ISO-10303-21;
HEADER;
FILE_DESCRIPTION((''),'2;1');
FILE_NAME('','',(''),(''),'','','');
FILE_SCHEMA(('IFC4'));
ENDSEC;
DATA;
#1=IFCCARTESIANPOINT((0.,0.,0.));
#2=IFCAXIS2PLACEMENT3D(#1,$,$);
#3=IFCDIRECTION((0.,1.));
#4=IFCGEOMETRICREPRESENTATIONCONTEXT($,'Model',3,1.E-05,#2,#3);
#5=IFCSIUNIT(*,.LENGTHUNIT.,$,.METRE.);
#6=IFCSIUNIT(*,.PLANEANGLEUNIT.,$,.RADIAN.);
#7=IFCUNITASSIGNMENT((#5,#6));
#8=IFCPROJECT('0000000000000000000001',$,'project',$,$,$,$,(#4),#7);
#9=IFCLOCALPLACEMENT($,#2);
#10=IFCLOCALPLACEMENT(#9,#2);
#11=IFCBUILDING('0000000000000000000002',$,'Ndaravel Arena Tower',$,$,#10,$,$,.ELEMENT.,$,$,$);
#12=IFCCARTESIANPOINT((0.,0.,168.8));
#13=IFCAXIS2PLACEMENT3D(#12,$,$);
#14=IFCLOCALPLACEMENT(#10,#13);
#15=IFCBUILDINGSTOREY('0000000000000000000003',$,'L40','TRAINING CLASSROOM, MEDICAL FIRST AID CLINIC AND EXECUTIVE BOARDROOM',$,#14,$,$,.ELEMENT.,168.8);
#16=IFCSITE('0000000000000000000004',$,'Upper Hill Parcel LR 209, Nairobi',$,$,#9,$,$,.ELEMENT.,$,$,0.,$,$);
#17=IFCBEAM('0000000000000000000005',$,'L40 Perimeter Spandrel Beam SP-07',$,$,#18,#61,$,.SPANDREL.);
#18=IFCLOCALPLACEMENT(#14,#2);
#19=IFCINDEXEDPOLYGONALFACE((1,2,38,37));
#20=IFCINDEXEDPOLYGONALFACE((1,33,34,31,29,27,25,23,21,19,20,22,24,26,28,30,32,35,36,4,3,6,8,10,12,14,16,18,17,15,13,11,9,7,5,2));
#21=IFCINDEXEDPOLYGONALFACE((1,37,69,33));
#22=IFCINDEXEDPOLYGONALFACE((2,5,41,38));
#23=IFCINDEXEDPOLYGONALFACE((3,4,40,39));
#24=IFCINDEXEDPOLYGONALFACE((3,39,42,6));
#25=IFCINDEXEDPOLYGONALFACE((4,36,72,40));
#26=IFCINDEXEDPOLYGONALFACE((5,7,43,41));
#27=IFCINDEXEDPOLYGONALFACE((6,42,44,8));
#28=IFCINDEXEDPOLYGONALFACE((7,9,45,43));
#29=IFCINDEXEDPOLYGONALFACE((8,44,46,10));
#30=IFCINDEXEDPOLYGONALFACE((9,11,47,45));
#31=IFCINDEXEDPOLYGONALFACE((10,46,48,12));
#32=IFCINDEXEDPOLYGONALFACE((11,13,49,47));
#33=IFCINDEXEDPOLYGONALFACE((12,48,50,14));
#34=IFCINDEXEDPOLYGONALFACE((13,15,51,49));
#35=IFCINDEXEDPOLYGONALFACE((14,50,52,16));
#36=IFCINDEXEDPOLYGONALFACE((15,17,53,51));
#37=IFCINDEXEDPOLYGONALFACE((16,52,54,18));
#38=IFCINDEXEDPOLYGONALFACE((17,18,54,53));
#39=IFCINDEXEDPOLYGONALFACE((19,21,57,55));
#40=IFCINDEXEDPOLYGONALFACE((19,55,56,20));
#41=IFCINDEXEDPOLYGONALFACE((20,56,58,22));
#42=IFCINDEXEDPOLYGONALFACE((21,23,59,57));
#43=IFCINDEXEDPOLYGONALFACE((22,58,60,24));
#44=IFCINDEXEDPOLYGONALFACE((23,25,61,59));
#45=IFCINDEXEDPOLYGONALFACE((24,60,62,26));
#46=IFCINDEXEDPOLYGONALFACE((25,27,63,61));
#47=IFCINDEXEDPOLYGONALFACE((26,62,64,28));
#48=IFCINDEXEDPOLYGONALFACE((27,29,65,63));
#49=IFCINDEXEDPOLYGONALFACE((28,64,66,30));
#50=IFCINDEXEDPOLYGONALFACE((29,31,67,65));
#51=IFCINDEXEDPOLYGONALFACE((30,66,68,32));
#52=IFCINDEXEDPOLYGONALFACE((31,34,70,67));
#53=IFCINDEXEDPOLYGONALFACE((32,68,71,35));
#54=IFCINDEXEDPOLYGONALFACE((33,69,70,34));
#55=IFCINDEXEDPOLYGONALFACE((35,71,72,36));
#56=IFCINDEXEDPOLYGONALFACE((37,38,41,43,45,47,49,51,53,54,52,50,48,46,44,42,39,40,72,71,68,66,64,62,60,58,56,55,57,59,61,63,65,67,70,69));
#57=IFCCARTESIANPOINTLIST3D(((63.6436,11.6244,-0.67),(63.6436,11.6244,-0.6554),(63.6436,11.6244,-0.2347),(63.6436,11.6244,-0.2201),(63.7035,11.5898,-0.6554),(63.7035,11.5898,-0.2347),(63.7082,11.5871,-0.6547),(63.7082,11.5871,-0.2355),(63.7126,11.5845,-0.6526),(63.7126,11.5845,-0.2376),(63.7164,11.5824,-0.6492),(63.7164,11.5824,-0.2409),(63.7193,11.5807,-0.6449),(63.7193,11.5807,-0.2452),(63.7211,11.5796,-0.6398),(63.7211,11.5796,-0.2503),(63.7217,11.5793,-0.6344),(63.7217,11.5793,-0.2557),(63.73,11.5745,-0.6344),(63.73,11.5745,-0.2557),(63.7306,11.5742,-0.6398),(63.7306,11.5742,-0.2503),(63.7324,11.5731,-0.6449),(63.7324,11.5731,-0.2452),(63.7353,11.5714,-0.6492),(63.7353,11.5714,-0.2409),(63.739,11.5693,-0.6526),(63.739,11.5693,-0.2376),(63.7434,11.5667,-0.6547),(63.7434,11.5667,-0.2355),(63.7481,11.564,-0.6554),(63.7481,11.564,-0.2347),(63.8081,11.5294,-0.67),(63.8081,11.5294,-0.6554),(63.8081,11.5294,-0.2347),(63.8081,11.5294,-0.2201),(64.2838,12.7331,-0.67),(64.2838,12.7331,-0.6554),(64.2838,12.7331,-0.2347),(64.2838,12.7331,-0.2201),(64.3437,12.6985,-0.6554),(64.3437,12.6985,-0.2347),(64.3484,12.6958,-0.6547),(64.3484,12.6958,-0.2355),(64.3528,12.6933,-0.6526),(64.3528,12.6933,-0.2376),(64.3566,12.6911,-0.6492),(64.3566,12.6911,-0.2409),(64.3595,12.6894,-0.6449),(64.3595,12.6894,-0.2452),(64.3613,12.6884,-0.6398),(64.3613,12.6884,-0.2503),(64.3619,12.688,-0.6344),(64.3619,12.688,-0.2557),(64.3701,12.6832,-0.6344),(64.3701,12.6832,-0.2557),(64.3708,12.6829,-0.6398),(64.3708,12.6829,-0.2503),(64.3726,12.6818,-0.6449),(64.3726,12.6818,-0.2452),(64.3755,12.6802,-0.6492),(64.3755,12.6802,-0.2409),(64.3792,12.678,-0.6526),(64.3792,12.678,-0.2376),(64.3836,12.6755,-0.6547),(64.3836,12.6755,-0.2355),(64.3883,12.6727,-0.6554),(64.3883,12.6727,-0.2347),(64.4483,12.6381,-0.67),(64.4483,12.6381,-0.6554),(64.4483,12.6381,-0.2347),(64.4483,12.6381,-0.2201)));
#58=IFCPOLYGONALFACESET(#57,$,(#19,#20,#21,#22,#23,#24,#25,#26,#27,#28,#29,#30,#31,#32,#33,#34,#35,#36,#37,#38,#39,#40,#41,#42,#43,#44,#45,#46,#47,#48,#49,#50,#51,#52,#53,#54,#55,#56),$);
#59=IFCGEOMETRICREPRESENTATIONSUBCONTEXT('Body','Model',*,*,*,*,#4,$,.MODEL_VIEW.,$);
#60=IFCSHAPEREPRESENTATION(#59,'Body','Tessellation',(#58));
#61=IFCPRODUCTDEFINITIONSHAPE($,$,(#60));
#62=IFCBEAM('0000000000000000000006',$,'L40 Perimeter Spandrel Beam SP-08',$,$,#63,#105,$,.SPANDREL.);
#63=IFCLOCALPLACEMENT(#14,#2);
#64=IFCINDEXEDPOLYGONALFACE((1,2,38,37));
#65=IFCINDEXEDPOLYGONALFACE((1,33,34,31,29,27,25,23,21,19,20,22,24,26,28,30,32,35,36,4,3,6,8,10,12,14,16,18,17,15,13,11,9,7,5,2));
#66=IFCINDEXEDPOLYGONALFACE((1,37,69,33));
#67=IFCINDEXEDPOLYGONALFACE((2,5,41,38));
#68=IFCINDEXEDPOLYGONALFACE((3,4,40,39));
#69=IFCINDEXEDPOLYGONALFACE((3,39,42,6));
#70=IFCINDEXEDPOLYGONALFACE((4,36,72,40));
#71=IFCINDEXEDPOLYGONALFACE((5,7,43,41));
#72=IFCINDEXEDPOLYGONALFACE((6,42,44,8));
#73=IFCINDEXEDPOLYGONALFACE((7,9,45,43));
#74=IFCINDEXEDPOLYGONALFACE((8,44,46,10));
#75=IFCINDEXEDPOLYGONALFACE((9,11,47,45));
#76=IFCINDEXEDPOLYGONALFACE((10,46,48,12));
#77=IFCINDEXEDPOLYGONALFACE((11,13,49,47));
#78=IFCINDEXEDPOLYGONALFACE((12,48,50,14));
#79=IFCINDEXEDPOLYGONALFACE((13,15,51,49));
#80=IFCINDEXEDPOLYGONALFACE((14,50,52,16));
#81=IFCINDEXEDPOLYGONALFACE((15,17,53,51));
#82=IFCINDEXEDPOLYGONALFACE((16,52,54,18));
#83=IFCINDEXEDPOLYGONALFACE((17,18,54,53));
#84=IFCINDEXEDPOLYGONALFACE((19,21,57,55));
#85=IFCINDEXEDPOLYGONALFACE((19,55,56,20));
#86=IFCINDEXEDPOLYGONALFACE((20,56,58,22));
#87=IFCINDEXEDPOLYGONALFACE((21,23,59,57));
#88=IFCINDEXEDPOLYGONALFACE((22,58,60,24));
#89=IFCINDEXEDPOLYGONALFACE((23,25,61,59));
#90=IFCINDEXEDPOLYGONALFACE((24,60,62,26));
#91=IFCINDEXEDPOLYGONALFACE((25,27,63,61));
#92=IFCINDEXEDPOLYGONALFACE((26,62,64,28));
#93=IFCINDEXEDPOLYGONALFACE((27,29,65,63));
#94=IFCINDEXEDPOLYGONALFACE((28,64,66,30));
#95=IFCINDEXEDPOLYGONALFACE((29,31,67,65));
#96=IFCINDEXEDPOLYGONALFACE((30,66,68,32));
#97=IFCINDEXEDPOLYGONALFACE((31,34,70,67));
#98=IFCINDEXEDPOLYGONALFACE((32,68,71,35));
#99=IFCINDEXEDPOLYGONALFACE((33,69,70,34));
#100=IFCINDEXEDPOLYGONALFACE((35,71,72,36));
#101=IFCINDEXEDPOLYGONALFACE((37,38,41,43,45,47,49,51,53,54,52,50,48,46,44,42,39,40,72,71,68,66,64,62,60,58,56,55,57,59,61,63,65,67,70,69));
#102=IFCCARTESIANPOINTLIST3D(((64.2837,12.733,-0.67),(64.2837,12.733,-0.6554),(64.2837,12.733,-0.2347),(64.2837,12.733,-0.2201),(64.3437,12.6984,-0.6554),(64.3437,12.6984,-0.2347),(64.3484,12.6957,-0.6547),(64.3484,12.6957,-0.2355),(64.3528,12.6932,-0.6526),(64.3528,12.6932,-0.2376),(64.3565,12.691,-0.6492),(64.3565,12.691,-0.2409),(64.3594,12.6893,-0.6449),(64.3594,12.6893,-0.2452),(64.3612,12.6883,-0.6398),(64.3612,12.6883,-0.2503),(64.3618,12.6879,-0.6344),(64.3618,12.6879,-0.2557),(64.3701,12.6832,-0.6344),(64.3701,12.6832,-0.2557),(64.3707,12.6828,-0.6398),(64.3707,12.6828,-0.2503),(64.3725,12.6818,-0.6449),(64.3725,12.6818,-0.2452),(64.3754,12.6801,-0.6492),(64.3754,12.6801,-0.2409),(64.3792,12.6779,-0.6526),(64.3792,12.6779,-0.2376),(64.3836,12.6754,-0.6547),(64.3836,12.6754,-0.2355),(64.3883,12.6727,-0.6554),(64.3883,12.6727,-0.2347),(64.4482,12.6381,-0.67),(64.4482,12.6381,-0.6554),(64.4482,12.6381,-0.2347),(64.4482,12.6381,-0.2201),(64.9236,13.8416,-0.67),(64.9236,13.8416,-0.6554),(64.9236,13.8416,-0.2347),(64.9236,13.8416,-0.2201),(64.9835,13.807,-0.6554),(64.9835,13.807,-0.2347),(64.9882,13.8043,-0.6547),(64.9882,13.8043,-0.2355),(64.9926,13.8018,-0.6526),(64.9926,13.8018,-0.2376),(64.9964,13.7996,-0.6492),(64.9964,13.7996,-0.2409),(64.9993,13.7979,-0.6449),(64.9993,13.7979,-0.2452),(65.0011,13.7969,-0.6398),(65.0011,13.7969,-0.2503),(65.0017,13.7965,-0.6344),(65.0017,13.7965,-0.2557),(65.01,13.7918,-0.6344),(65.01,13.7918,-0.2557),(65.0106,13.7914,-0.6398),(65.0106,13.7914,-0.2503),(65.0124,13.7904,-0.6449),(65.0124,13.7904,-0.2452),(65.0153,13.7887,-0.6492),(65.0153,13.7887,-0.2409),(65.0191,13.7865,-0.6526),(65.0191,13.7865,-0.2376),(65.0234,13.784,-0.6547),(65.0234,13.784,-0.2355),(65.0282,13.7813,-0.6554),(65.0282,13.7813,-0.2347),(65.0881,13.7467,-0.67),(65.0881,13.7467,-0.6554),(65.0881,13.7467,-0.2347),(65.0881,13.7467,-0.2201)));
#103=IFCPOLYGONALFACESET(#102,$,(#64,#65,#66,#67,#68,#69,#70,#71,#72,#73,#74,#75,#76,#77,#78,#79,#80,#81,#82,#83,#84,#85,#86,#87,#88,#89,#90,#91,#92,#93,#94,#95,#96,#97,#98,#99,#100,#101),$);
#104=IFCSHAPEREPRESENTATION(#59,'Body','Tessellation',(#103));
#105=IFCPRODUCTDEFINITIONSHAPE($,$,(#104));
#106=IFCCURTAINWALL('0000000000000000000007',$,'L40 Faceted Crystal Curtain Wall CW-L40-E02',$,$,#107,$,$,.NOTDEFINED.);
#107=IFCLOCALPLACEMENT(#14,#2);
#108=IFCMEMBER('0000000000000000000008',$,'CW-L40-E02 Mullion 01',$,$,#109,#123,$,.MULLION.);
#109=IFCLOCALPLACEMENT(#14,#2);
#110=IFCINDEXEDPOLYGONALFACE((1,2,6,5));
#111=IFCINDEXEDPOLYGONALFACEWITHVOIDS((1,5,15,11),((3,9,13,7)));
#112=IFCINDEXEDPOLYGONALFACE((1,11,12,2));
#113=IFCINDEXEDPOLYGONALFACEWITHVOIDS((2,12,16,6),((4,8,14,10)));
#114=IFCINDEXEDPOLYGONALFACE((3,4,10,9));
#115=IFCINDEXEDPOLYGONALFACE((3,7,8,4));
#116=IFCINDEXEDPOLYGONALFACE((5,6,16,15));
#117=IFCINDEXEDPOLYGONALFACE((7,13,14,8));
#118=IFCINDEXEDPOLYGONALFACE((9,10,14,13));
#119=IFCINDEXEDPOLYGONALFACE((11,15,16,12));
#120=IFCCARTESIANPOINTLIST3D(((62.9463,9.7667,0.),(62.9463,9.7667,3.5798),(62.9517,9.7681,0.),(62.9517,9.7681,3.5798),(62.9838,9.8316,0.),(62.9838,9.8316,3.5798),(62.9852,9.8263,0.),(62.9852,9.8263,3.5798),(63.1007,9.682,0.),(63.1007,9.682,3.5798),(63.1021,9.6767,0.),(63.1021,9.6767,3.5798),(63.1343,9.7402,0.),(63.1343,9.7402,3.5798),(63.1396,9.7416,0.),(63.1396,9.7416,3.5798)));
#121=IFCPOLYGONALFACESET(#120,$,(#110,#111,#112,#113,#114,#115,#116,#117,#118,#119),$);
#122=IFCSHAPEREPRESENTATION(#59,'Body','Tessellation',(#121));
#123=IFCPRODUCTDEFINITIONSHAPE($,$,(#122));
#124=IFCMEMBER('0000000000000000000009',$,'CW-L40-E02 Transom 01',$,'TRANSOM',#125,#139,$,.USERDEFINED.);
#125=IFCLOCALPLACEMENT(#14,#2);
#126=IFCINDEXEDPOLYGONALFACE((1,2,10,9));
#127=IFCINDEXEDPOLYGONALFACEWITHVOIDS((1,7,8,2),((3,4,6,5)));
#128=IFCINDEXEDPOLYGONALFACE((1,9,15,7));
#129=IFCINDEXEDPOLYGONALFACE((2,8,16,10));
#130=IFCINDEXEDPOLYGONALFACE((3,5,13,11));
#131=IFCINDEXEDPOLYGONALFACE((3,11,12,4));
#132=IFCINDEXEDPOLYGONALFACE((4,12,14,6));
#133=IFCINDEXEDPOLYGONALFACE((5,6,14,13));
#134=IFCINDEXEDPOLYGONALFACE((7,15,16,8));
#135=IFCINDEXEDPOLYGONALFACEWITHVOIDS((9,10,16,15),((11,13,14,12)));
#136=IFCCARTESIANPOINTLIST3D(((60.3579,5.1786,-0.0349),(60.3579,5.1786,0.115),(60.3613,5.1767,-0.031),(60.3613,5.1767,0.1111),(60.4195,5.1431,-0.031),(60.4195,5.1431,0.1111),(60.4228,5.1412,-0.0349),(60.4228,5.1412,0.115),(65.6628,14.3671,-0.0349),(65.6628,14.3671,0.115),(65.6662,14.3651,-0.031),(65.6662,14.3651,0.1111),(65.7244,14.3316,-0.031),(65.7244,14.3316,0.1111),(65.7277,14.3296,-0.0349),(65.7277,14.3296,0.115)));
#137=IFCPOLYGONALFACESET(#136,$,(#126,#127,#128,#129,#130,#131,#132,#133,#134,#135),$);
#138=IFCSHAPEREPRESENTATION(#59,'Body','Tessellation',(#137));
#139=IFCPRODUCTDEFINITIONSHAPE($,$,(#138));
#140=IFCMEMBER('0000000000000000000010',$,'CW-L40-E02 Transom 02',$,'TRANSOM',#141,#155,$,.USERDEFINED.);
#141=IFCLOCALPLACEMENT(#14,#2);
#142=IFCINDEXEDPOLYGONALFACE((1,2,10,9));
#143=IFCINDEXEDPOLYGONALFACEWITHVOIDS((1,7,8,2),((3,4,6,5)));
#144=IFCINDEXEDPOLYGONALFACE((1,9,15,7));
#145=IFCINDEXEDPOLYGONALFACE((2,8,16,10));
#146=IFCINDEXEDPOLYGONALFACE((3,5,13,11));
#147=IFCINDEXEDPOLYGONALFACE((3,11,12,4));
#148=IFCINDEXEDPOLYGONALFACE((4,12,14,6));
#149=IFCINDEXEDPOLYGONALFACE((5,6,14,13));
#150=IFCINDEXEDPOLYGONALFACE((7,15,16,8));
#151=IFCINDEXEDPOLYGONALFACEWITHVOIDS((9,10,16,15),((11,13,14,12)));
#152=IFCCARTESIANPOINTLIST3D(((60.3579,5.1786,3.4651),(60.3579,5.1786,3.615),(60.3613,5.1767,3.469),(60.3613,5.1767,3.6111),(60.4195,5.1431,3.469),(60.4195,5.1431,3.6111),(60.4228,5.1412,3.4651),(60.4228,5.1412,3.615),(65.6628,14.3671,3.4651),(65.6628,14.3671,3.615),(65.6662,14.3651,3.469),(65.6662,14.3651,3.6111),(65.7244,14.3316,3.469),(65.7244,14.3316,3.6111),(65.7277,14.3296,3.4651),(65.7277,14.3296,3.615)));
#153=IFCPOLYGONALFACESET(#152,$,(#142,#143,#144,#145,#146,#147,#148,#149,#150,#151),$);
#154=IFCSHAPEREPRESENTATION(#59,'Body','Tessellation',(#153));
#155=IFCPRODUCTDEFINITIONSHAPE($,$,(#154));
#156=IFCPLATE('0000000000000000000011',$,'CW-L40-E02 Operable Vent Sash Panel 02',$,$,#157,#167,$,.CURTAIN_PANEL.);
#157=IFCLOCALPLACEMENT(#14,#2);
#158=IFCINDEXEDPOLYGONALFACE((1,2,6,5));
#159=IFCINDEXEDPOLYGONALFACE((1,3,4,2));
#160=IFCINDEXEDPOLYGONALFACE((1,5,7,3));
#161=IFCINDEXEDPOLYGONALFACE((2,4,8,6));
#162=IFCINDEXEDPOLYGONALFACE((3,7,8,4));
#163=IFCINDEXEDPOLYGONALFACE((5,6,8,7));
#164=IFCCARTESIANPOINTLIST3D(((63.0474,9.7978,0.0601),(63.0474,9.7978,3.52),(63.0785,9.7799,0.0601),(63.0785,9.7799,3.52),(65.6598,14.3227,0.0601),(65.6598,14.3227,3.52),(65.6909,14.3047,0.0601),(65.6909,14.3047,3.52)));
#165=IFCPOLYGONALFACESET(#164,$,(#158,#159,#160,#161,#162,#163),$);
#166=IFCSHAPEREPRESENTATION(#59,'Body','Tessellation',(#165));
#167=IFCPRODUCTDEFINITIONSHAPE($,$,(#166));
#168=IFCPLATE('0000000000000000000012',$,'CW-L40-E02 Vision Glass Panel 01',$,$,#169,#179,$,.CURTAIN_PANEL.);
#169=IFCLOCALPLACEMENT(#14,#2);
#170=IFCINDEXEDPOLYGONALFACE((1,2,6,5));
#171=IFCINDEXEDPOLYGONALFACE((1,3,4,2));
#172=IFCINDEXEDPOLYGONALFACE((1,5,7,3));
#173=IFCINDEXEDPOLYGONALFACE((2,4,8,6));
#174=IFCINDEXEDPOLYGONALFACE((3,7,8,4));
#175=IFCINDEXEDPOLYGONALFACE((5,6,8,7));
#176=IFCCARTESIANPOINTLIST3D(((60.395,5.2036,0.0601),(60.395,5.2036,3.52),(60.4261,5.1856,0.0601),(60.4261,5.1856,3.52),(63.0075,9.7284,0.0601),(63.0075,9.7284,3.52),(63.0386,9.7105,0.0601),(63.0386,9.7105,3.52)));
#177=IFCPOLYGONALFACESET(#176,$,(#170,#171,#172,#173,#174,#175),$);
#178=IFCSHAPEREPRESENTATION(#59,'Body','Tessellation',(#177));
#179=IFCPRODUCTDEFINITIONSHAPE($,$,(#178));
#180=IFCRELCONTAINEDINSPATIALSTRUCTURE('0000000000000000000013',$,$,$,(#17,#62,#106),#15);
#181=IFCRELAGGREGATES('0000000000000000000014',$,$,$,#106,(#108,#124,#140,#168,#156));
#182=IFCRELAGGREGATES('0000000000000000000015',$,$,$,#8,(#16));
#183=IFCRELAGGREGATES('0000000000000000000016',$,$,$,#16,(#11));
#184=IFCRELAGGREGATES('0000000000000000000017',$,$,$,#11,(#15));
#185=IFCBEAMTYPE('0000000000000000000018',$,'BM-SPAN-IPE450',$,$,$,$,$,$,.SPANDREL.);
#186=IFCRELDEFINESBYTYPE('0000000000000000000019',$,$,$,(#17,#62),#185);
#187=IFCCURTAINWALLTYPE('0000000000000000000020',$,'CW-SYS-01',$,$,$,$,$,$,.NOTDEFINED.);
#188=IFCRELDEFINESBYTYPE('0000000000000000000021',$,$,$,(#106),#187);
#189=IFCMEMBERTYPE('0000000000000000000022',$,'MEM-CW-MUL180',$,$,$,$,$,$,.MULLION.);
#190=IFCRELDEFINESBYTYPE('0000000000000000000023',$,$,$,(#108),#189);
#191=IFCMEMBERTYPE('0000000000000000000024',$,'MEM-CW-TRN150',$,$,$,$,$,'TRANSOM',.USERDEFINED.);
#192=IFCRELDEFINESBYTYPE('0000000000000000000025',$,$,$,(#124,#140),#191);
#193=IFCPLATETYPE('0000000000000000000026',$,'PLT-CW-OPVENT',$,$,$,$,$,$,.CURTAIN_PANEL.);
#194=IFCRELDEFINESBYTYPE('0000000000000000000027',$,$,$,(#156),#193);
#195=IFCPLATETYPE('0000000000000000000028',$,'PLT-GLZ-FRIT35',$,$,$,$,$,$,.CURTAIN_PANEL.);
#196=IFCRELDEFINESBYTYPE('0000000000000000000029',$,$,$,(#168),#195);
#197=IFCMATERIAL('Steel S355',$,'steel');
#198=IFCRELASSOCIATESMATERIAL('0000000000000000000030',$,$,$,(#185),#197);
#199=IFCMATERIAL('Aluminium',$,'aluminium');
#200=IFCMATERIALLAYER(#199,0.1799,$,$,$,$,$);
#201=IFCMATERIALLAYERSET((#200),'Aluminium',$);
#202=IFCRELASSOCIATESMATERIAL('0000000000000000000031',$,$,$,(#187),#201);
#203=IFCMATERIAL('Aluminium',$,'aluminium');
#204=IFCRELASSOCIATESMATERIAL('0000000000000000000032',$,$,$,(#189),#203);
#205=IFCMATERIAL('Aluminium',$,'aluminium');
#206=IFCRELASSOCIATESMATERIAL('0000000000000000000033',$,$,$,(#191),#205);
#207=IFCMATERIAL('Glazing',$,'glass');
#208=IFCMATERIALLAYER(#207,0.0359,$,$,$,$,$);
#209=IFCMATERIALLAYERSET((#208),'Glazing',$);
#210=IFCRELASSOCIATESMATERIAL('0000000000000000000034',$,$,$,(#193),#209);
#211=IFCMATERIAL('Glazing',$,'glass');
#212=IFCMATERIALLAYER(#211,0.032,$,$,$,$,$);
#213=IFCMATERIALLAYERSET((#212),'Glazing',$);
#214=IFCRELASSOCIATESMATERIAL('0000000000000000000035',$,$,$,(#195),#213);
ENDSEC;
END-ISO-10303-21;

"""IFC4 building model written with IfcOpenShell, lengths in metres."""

from ifc_helpers import new_model, si_unit, direction, frame, origin, origin_2d, place, context, subcontext, project, spatial, rectangle, hollow_rectangle, i_section, extrude, material, layer, layer_set, material_profile, profile_set, type_object, element, aggregate, save


model = new_model("IFC4")

# Units and contexts
model_context = context("Model", 3, precision=1e-05, world=origin(), true_north=direction((0.0, 1.0)))
body_context = subcontext(model_context, "Body", "Model", "MODEL_VIEW")
ifc_project = project(units=[si_unit("LENGTHUNIT", "METRE"), si_unit("PLANEANGLEUNIT", "RADIAN")], contexts=[model_context])

# Site, building, storey
site_placement = place(None, origin())
site = spatial("IfcSite", under=ifc_project, at=site_placement, Name="Upper Hill Parcel LR 209, Nairobi", CompositionType="ELEMENT", RefElevation=0.0)
building_placement = place(site_placement, origin())
building = spatial("IfcBuilding", under=site, at=building_placement, Name="Ndaravel Arena Tower", CompositionType="ELEMENT")
storey_placement = place(building_placement, frame((0.0, 0.0, 168.8)))
storey = spatial("IfcBuildingStorey", under=building, at=storey_placement, Name="L40", Description="TRAINING CLASSROOM, MEDICAL FIRST AID CLINIC AND EXECUTIVE BOARDROOM", CompositionType="ELEMENT", Elevation=168.8)

# Beams
ifc_material_1 = material(Name="Steel S355", Category="steel")
ifc_material_profile_1 = material_profile(ifc_material_1, i_section(OverallWidth=0.1899, OverallDepth=0.45, WebThickness=0.0095, FlangeThickness=0.0146, FilletRadius=0.021, at=origin_2d()), Name="IPE 450")
ifc_profile_set_1 = profile_set([ifc_material_profile_1], Name="Steel S355")
beam_type = type_object("IfcBeamType", Name="BM-SPAN-IPE450", PredefinedType="SPANDREL", material=ifc_profile_set_1)
beam_1_placement = place(storey_placement, frame((63.7258, 11.5769, -0.4451), z_axis=(0.500036, 0.866005, 0.0), x_axis=(-0.866005, 0.500036, 0.0)))
element("IfcBeam", 1, at=beam_1_placement, inside=storey, type_object=beam_type, Name="L40 Perimeter Spandrel Beam SP-07", PredefinedType="SPANDREL", context=body_context, shape_type="SweptSolid", body=[
    extrude(i_section(OverallWidth=0.1899, OverallDepth=0.45, WebThickness=0.0095, FlangeThickness=0.0146, FilletRadius=0.021, at=origin_2d()), origin(), (0.0, 0.0, 1.0), 1.2803),
])
beam_2_placement = place(storey_placement, frame((64.366, 12.6855, -0.4451), z_axis=(0.499893, 0.866087, 0.0), x_axis=(-0.866087, 0.499893, 0.0)))
element("IfcBeam", 2, at=beam_2_placement, inside=storey, type_object=beam_type, Name="L40 Perimeter Spandrel Beam SP-08", PredefinedType="SPANDREL", context=body_context, shape_type="SweptSolid", body=[
    extrude(i_section(OverallWidth=0.1899, OverallDepth=0.45, WebThickness=0.0095, FlangeThickness=0.0146, FilletRadius=0.021, at=origin_2d()), origin(), (0.0, 0.0, 1.0), 1.28),
])

# Curtain wall, members, plates
ifc_material_2 = material(Name="Aluminium", Category="aluminium")
ifc_layer_1 = layer(ifc_material_2, 0.1799)
ifc_layer_set_1 = layer_set([ifc_layer_1], Name="Aluminium")
curtain_wall_type = type_object("IfcCurtainWallType", Name="CW-SYS-01", PredefinedType="NOTDEFINED", material=ifc_layer_set_1)
curtain_wall_placement = place(storey_placement, origin())
curtain_wall = element("IfcCurtainWall", 3, at=curtain_wall_placement, inside=storey, type_object=curtain_wall_type, Name="L40 Faceted Crystal Curtain Wall CW-L40-E02", PredefinedType="NOTDEFINED")
ifc_material_3 = material(Name="Aluminium", Category="aluminium")
ifc_material_profile_2 = material_profile(ifc_material_3, hollow_rectangle(XDim=0.075, YDim=0.1799, WallThickness=0.0039, at=origin_2d()), Name="CW MULLION 75x180x4")
ifc_profile_set_2 = profile_set([ifc_material_profile_2], Name="Aluminium")
member_type_1 = type_object("IfcMemberType", Name="MEM-CW-MUL180", PredefinedType="MULLION", material=ifc_profile_set_2)
member_1_placement = place(storey_placement, frame((63.043, 9.7542, 0.0), z_axis=(0.0, 0.0, 1.0), x_axis=(0.5, 0.866025, 0.0)))
member_1 = element("IfcMember", 4, at=member_1_placement, type_object=member_type_1, Name="CW-L40-E02 Mullion 01", PredefinedType="MULLION", context=body_context, shape_type="SweptSolid", body=[
    extrude(hollow_rectangle(XDim=0.075, YDim=0.1799, WallThickness=0.0039, at=origin_2d()), origin(), (0.0, 0.0, 1.0), 3.5798),
])
ifc_material_4 = material(Name="Aluminium", Category="aluminium")
ifc_material_profile_3 = material_profile(ifc_material_4, hollow_rectangle(XDim=0.075, YDim=0.1499, WallThickness=0.0039, at=origin_2d()), Name="CW TRANSOM 75x150x4")
ifc_profile_set_3 = profile_set([ifc_material_profile_3], Name="Aluminium")
member_type_2 = type_object("IfcMemberType", Name="MEM-CW-TRN150", ElementType="TRANSOM", PredefinedType="USERDEFINED", material=ifc_profile_set_3)
member_2_placement = place(storey_placement, frame((60.3904, 5.1599, 0.04), z_axis=(0.499997, 0.866027, 0.0), x_axis=(-0.866027, 0.499997, 0.0)))
member_2 = element("IfcMember", 5, at=member_2_placement, type_object=member_type_2, Name="CW-L40-E02 Transom 01", ObjectType="TRANSOM", PredefinedType="USERDEFINED", context=body_context, shape_type="SweptSolid", body=[
    extrude(hollow_rectangle(XDim=0.075, YDim=0.1499, WallThickness=0.0039, at=origin_2d()), origin(), (0.0, 0.0, 1.0), 10.6099),
])
member_3_placement = place(storey_placement, frame((60.3904, 5.1599, 3.54), z_axis=(0.499997, 0.866027, 0.0), x_axis=(-0.866027, 0.499997, 0.0)))
member_3 = element("IfcMember", 6, at=member_3_placement, type_object=member_type_2, Name="CW-L40-E02 Transom 02", ObjectType="TRANSOM", PredefinedType="USERDEFINED", context=body_context, shape_type="SweptSolid", body=[
    extrude(hollow_rectangle(XDim=0.075, YDim=0.1499, WallThickness=0.0039, at=origin_2d()), origin(), (0.0, 0.0, 1.0), 10.6099),
])
ifc_material_5 = material(Name="Glazing", Category="glass")
ifc_layer_2 = layer(ifc_material_5, 0.0359)
ifc_layer_set_2 = layer_set([ifc_layer_2], Name="Glazing")
plate_type_1 = type_object("IfcPlateType", Name="PLT-CW-OPVENT", PredefinedType="CURTAIN_PANEL", material=ifc_layer_set_2)
plate_1_placement = place(storey_placement, frame((64.3691, 12.0513, 0.0601), z_axis=(0.0, 0.0, 1.0), x_axis=(0.5, 0.866025, 0.0)))
plate_1 = element("IfcPlate", 7, at=plate_1_placement, type_object=plate_type_1, Name="CW-L40-E02 Operable Vent Sash Panel 02", PredefinedType="CURTAIN_PANEL", context=body_context, shape_type="SweptSolid", body=[
    extrude(rectangle(XDim=5.2249, YDim=0.0359, at=origin_2d()), origin(), (0.0, 0.0, 1.0), 3.46),
])
ifc_material_6 = material(Name="Glazing", Category="glass")
ifc_layer_3 = layer(ifc_material_6, 0.032)
ifc_layer_set_3 = layer_set([ifc_layer_3], Name="Glazing")
plate_type_2 = type_object("IfcPlateType", Name="PLT-GLZ-FRIT35", PredefinedType="CURTAIN_PANEL", material=ifc_layer_set_3)
plate_2_placement = place(storey_placement, frame((61.7168, 7.457, 0.0601), z_axis=(0.0, 0.0, 1.0), x_axis=(0.5, 0.866025, 0.0)))
plate_2 = element("IfcPlate", 8, at=plate_2_placement, type_object=plate_type_2, Name="CW-L40-E02 Vision Glass Panel 01", PredefinedType="CURTAIN_PANEL", context=body_context, shape_type="SweptSolid", body=[
    extrude(rectangle(XDim=5.2249, YDim=0.0359, at=origin_2d()), origin(), (0.0, 0.0, 1.0), 3.46),
])
aggregate(curtain_wall, [member_1, member_2, member_3, plate_2, plate_1])

save(model, "model.ifc")
